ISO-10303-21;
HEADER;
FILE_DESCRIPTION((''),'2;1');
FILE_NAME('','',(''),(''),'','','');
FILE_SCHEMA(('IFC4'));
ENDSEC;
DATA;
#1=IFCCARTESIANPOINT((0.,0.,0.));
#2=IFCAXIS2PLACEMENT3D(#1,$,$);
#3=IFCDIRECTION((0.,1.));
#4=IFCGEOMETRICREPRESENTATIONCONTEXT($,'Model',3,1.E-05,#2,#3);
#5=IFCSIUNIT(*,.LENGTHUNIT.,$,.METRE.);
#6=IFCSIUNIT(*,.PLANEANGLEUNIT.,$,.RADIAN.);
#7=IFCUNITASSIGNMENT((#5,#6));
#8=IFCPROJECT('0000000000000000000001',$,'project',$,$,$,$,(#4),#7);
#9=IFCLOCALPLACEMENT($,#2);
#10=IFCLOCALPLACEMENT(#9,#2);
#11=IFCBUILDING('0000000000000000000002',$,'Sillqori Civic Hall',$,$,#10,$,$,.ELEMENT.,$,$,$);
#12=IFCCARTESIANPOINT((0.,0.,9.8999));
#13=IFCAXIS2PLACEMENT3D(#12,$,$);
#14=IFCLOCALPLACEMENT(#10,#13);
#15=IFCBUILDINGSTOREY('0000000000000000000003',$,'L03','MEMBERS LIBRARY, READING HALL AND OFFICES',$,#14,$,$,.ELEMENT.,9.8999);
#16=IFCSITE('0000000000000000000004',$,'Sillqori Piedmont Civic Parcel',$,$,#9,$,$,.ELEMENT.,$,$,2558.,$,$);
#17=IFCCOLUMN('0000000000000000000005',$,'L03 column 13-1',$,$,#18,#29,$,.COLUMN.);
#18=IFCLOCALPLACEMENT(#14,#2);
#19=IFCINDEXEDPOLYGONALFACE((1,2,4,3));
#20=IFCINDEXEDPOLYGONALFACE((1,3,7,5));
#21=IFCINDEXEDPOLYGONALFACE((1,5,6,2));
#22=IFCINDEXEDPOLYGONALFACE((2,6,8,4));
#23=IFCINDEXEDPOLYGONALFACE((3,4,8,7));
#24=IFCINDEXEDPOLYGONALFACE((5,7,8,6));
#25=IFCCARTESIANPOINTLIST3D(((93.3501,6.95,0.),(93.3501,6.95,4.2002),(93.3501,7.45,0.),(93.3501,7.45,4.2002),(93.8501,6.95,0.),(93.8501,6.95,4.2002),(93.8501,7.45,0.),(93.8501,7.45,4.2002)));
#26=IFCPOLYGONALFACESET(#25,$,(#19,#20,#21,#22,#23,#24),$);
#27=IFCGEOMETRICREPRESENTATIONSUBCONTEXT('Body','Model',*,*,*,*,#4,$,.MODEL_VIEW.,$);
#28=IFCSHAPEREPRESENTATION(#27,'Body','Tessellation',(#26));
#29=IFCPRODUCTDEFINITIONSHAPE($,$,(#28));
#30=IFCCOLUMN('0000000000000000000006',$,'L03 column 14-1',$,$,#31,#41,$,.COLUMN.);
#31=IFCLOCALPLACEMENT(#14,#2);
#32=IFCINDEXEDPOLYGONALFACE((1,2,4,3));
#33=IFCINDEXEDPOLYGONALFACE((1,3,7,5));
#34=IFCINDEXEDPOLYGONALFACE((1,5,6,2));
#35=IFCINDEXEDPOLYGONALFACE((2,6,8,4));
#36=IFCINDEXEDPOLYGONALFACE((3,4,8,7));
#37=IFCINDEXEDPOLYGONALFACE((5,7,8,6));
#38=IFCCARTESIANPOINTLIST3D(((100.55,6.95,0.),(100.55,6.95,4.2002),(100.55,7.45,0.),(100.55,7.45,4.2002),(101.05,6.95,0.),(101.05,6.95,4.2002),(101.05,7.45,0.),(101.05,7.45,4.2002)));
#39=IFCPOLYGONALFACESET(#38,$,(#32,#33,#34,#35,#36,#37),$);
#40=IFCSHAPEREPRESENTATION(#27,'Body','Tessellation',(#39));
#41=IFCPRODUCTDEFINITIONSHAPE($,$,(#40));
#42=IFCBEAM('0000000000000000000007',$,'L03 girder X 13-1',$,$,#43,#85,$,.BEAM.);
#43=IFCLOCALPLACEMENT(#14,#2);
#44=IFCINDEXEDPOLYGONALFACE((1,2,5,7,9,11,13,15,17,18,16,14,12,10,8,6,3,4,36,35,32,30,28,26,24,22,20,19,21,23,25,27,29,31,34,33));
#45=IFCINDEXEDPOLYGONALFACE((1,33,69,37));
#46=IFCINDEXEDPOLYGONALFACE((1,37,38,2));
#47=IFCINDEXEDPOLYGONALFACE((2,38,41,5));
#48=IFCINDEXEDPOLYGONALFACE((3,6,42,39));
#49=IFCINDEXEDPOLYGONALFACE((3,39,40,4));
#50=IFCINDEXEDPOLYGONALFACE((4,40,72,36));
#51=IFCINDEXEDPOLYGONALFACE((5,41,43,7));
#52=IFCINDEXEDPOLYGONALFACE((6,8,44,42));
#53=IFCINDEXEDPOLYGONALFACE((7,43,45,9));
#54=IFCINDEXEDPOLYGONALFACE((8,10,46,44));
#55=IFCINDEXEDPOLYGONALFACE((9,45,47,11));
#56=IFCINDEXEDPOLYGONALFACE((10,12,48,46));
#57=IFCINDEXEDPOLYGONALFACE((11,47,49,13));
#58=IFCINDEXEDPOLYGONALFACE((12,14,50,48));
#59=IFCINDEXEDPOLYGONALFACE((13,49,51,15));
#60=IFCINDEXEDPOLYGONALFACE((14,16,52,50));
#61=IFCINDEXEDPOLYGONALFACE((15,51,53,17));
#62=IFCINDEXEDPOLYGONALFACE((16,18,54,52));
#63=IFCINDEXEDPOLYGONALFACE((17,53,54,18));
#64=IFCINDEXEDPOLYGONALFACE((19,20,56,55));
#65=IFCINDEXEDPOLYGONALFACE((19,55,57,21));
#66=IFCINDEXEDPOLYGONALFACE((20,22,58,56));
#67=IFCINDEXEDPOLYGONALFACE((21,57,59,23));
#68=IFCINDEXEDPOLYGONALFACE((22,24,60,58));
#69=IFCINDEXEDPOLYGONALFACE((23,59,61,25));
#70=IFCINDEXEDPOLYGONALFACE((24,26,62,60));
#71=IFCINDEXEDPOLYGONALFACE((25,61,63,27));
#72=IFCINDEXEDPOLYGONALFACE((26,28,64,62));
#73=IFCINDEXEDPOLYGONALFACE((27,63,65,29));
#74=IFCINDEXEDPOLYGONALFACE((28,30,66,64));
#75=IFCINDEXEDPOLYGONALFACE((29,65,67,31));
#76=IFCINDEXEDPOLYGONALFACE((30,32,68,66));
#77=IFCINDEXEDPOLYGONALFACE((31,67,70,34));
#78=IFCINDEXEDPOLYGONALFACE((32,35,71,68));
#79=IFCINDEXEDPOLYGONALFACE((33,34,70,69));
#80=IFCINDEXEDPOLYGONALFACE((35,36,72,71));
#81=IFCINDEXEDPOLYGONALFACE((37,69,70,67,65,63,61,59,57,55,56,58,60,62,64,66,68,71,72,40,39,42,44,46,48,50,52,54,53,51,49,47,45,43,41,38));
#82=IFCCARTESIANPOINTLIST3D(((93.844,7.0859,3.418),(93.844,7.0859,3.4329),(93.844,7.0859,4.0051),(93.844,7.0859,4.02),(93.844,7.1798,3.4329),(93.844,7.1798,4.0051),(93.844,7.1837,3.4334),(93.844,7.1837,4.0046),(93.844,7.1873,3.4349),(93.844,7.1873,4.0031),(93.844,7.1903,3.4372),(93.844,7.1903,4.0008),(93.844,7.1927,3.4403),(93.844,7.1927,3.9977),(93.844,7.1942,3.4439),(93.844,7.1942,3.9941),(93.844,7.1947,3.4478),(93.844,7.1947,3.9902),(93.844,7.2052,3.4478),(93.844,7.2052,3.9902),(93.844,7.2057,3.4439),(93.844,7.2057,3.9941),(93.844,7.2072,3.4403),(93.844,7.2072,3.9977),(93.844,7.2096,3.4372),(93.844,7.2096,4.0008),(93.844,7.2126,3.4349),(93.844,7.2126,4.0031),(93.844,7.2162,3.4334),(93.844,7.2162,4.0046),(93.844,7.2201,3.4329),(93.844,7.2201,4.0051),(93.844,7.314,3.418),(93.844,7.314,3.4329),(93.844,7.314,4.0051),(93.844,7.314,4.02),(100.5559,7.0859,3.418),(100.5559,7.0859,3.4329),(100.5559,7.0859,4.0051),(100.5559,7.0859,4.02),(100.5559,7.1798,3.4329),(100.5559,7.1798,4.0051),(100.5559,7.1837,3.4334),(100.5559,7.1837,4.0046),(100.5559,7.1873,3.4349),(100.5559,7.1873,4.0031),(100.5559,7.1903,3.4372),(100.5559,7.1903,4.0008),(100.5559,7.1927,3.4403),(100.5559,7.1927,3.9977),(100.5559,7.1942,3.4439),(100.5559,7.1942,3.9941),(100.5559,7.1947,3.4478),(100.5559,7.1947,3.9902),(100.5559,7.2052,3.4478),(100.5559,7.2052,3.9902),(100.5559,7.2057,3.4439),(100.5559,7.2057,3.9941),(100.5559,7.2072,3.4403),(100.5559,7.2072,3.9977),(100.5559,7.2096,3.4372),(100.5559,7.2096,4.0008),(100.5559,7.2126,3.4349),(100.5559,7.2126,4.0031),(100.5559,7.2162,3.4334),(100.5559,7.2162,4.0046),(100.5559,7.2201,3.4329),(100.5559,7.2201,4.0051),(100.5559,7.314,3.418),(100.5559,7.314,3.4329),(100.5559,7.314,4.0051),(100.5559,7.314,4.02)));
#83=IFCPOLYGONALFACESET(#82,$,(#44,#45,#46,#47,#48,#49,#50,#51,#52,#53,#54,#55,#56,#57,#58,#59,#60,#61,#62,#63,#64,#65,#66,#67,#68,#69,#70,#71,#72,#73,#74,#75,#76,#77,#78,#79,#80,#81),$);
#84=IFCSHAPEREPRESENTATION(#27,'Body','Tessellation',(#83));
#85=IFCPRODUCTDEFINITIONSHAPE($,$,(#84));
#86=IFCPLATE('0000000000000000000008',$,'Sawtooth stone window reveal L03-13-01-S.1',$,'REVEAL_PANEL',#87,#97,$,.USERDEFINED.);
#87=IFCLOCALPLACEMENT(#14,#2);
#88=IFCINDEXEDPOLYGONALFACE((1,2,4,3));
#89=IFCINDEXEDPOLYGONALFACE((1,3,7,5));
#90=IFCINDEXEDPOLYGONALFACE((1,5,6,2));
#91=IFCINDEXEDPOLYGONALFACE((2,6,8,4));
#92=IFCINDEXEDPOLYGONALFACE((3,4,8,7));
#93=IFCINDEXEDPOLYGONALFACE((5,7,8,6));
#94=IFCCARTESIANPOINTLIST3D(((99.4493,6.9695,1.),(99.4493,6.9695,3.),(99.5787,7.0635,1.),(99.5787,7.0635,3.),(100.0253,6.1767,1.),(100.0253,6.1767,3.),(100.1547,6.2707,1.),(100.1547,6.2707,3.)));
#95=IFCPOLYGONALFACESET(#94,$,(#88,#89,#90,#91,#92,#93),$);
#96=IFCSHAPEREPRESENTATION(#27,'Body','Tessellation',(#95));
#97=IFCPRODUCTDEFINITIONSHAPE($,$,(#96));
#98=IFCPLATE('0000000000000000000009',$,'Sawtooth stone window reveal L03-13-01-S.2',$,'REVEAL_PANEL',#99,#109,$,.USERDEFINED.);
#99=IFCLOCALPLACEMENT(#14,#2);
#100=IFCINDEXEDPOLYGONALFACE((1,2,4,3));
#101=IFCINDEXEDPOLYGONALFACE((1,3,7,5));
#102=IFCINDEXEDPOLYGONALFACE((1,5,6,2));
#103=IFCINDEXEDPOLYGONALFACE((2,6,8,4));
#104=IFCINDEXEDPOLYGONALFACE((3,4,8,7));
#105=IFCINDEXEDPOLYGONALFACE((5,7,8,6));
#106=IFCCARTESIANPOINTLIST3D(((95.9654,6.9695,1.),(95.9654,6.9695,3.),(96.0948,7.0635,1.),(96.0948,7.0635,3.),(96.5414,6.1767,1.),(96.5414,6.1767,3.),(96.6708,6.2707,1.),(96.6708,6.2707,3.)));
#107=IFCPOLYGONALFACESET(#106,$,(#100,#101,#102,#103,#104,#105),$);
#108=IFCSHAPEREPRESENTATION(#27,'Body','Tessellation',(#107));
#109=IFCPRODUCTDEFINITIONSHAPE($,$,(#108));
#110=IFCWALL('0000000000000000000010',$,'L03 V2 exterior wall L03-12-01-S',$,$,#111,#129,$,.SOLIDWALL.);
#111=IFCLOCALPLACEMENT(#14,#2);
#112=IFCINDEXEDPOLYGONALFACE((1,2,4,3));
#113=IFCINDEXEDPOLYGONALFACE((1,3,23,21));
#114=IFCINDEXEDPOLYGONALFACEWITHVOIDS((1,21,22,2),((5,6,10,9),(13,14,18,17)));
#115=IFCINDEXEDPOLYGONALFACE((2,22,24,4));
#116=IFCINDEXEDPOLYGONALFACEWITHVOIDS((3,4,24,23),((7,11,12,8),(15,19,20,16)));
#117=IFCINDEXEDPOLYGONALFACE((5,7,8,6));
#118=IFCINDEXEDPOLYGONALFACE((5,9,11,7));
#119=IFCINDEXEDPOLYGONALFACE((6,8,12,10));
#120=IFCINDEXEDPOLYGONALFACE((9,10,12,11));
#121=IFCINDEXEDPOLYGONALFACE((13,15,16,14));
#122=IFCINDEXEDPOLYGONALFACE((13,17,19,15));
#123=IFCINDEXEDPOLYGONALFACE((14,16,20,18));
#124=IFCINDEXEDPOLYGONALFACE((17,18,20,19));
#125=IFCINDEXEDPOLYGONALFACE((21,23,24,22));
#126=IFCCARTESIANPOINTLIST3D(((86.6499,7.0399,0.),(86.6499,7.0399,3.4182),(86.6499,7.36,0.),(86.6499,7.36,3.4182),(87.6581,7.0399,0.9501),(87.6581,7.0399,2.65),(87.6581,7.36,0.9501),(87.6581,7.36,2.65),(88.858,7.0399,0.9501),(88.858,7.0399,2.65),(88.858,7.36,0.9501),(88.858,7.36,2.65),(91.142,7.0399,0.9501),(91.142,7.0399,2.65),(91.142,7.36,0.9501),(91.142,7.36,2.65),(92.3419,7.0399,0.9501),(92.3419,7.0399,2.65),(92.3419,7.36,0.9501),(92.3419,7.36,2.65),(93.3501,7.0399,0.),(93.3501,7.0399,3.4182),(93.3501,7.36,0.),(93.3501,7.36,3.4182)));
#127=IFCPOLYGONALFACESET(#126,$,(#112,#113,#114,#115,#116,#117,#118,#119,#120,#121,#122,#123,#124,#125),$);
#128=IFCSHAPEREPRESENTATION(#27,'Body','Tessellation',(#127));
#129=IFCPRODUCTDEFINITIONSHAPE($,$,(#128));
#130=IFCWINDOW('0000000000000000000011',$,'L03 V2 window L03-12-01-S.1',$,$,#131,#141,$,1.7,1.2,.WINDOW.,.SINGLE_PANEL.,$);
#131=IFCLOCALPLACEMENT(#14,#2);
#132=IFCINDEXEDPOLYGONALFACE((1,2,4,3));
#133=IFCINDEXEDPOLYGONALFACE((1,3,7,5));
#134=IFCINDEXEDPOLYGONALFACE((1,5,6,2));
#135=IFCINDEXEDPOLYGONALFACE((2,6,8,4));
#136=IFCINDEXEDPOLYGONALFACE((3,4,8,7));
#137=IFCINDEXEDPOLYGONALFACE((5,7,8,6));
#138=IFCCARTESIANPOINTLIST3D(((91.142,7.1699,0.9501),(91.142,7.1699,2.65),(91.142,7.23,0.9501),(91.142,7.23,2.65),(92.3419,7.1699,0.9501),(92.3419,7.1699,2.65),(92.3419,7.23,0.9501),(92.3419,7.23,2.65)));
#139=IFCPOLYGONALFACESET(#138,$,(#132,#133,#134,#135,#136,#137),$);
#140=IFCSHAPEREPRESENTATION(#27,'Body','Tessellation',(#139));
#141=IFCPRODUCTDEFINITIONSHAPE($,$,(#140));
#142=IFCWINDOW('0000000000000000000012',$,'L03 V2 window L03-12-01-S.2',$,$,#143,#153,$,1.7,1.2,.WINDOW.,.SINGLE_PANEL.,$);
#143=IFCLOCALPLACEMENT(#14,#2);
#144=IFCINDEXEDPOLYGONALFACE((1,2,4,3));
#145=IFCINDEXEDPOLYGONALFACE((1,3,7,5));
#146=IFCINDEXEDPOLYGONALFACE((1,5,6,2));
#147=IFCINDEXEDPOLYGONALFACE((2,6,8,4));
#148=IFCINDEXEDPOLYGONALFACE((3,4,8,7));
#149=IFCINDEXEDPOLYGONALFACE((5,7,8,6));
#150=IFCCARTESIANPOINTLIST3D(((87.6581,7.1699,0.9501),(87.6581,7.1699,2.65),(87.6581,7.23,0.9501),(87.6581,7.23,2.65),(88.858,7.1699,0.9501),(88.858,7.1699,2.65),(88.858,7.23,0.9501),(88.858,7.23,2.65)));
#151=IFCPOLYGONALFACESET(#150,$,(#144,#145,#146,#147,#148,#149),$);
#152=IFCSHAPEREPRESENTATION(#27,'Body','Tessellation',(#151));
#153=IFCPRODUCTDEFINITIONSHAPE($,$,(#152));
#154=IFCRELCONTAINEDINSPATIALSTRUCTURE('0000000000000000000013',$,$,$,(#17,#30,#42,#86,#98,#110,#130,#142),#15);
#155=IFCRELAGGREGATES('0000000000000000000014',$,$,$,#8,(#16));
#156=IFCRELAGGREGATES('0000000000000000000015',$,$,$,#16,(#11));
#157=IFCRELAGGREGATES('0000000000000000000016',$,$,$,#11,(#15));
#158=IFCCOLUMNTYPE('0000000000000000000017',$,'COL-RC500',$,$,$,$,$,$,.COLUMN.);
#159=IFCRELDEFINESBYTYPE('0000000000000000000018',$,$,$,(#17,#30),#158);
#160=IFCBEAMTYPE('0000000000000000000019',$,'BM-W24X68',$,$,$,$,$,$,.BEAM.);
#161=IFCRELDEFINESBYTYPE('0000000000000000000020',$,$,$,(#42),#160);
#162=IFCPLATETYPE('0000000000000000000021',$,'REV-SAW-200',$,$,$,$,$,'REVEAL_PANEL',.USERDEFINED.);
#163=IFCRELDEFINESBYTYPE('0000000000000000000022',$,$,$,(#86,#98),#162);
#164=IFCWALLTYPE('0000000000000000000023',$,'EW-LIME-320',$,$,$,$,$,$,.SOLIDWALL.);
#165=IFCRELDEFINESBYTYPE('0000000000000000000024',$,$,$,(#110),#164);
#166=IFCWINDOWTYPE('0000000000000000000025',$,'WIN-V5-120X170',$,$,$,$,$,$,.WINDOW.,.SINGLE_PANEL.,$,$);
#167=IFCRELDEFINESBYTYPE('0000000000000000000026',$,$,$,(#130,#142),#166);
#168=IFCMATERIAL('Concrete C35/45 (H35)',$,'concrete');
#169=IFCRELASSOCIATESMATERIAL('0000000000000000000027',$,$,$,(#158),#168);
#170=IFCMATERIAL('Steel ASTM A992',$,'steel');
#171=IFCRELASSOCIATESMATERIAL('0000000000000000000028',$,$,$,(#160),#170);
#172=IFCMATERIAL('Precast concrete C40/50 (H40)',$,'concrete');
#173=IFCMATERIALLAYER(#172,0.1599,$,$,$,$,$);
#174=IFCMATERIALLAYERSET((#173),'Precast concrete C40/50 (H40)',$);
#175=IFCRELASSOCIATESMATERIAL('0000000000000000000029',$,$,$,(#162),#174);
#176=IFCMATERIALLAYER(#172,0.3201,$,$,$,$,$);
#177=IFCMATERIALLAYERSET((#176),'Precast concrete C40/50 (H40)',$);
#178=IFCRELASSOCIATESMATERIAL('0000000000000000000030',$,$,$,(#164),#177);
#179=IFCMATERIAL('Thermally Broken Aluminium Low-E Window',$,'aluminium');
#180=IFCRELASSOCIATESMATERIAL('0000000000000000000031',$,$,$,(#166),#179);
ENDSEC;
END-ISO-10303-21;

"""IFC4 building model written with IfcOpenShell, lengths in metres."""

from ifc_helpers import new_model, si_unit, direction, frame, frame_2d, origin, origin_2d, place, context, subcontext, project, spatial, rectangle, i_section, extrude, material, layer, layer_set, material_profile, profile_set, type_object, element, fill, save


model = new_model("IFC4")

# Units and contexts
model_context = context("Model", 3, precision=1e-05, world=origin(), true_north=direction((0.0, 1.0)))
body_context = subcontext(model_context, "Body", "Model", "MODEL_VIEW")
ifc_project = project(units=[si_unit("LENGTHUNIT", "METRE"), si_unit("PLANEANGLEUNIT", "RADIAN")], contexts=[model_context])

# Site, building, storey
site_placement = place(None, origin())
site = spatial("IfcSite", under=ifc_project, at=site_placement, Name="Sillqori Piedmont Civic Parcel", CompositionType="ELEMENT", RefElevation=2558.0)
building_placement = place(site_placement, origin())
building = spatial("IfcBuilding", under=site, at=building_placement, Name="Sillqori Civic Hall", CompositionType="ELEMENT")
storey_placement = place(building_placement, frame((0.0, 0.0, 9.8999)))
storey = spatial("IfcBuildingStorey", under=building, at=storey_placement, Name="L03", Description="MEMBERS LIBRARY, READING HALL AND OFFICES", CompositionType="ELEMENT", Elevation=9.8999)

# Columns
ifc_material_1 = material(Name="Concrete C35/45 (H35)", Category="concrete")
ifc_material_profile_1 = material_profile(ifc_material_1, rectangle(XDim=0.5, YDim=0.5, at=origin_2d()), Name="RC 500x500")
ifc_profile_set_1 = profile_set([ifc_material_profile_1], Name="Concrete C35/45 (H35)")
column_type = type_object("IfcColumnType", Name="COL-RC500", PredefinedType="COLUMN", material=ifc_profile_set_1)
for number, where, z_axis, x_axis, name in (
    (1, (93.6001, 7.2, 0.0), (0.0, 0.0, 1.0), (1.0, 0.0, 0.0), "L03 column 13-1"),
    (2, (100.8, 7.2, 0.0), (0.0, 0.0, 1.0), (1.0, 0.0, 0.0), "L03 column 14-1"),
):
    element("IfcColumn", number, at=place(storey_placement, frame(where, z_axis=z_axis, x_axis=x_axis)), inside=storey, type_object=column_type, Name=name, PredefinedType="COLUMN", context=body_context, shape_type="SweptSolid", body=[
        extrude(rectangle(XDim=0.5, YDim=0.5, at=origin_2d()), origin(), (0.0, 0.0, 1.0), 4.2002),
    ])

# Beam
ifc_material_2 = material(Name="Steel ASTM A992", Category="steel")
ifc_material_profile_2 = material_profile(ifc_material_2, i_section(OverallWidth=0.228, OverallDepth=0.6021, WebThickness=0.0105, FlangeThickness=0.0149, FilletRadius=0.0149, at=origin_2d()), Name="W24X68")
ifc_profile_set_2 = profile_set([ifc_material_profile_2], Name="Steel ASTM A992")
beam_type = type_object("IfcBeamType", Name="BM-W24X68", PredefinedType="BEAM", material=ifc_profile_set_2)
beam_placement = place(storey_placement, frame((93.844, 7.2, 3.719), z_axis=(1.0, 0.0, 0.0), x_axis=(0.0, 1.0, 0.0)))
element("IfcBeam", 3, at=beam_placement, inside=storey, type_object=beam_type, Name="L03 girder X 13-1", PredefinedType="BEAM", context=body_context, shape_type="SweptSolid", body=[
    extrude(i_section(OverallWidth=0.228, OverallDepth=0.6021, WebThickness=0.0105, FlangeThickness=0.0149, FilletRadius=0.0149, at=origin_2d()), origin(), (0.0, 0.0, 1.0), 6.7119),
])

# Plates
ifc_material_3 = material(Name="Precast concrete C40/50 (H40)", Category="concrete")
ifc_layer_1 = layer(ifc_material_3, 0.1599)
ifc_layer_set_1 = layer_set([ifc_layer_1], Name="Precast concrete C40/50 (H40)")
plate_type = type_object("IfcPlateType", Name="REV-SAW-200", ElementType="REVEAL_PANEL", PredefinedType="USERDEFINED", material=ifc_layer_set_1)
for number, where, z_axis, x_axis, name in (
    (4, (99.802, 6.6201, 1.0), (0.0, 0.0, 1.0), (-0.809017, -0.587785, 0.0), "Sawtooth stone window reveal L03-13-01-S.1"),
    (5, (96.3181, 6.6201, 1.0), (0.0, 0.0, 1.0), (-0.809017, -0.587785, 0.0), "Sawtooth stone window reveal L03-13-01-S.2"),
):
    element("IfcPlate", number, at=place(storey_placement, frame(where, z_axis=z_axis, x_axis=x_axis)), inside=storey, type_object=plate_type, Name=name, ObjectType="REVEAL_PANEL", PredefinedType="USERDEFINED", context=body_context, shape_type="SweptSolid", body=[
        extrude(rectangle(XDim=0.1599, YDim=0.98, at=origin_2d()), origin(), (0.0, 0.0, 1.0), 2.0),
    ])

# Wall, openings, windows
ifc_layer_2 = layer(ifc_material_3, 0.3201)
ifc_layer_set_2 = layer_set([ifc_layer_2], Name="Precast concrete C40/50 (H40)")
wall_type = type_object("IfcWallType", Name="EW-LIME-320", PredefinedType="SOLIDWALL", material=ifc_layer_set_2)
wall_1_placement = place(storey_placement, frame((93.3501, 7.2, 0.0), z_axis=(0.0, 0.0, 1.0), x_axis=(-1.0, 0.0, 0.0)))
wall_1 = element("IfcWall", 6, at=wall_1_placement, inside=storey, type_object=wall_type, Name="L03 V2 exterior wall L03-12-01-S", PredefinedType="SOLIDWALL", context=body_context, shape_type="SweptSolid", body=[
    extrude(rectangle(XDim=6.7002, YDim=0.3201, at=frame_2d((3.3501, 0.0))), origin(), (0.0, 0.0, 1.0), 3.4182),
])
opening_1_placement = place(wall_1_placement, frame((1.0081, 0.0, 0.95)))
opening_1 = element("IfcOpeningElement", 7, at=opening_1_placement, cuts=wall_1, PredefinedType="OPENING", context=body_context, shape_type="SweptSolid", body=[
    extrude(rectangle(XDim=1.2, YDim=1.7, at=frame_2d((0.6001, 0.8501))), frame((0.0, 0.1699, 0.0), z_axis=(0.0, -1.0, 0.0), x_axis=(1.0, 0.0, 0.0)), (0.0, 0.0, 1.0), 0.3401),
])
opening_2_placement = place(wall_1_placement, frame((4.4919, 0.0, 0.95)))
opening_2 = element("IfcOpeningElement", 8, at=opening_2_placement, cuts=wall_1, PredefinedType="OPENING", context=body_context, shape_type="SweptSolid", body=[
    extrude(rectangle(XDim=1.2, YDim=1.7, at=frame_2d((0.6001, 0.8501))), frame((0.0, 0.1699, 0.0), z_axis=(0.0, -1.0, 0.0), x_axis=(1.0, 0.0, 0.0)), (0.0, 0.0, 1.0), 0.3401),
])
ifc_material_4 = material(Name="Thermally Broken Aluminium Low-E Window", Category="aluminium")
window_type_1 = type_object("IfcWindowType", Name="WIN-V5-120X170", PartitioningType="SINGLE_PANEL", PredefinedType="WINDOW", material=ifc_material_4)
window_1_placement = place(opening_1_placement, origin())
window_1 = element("IfcWindow", 9, at=window_1_placement, inside=storey, type_object=window_type_1, Name="L03 V2 window L03-12-01-S.1", OverallHeight=1.7, OverallWidth=1.2, PartitioningType="SINGLE_PANEL", PredefinedType="WINDOW", context=body_context, shape_type="SweptSolid", body=[
    extrude(rectangle(XDim=1.2, YDim=1.7, at=frame_2d((0.6001, 0.8501))), frame((0.0, 0.03, 0.0), z_axis=(0.0, -1.0, 0.0), x_axis=(1.0, 0.0, 0.0)), (0.0, 0.0, 1.0), 0.0601),
])
fill(opening_1, window_1)
window_2_placement = place(opening_2_placement, origin())
window_2 = element("IfcWindow", 10, at=window_2_placement, inside=storey, type_object=window_type_1, Name="L03 V2 window L03-12-01-S.2", OverallHeight=1.7, OverallWidth=1.2, PartitioningType="SINGLE_PANEL", PredefinedType="WINDOW", context=body_context, shape_type="SweptSolid", body=[
    extrude(rectangle(XDim=1.2, YDim=1.7, at=frame_2d((0.6001, 0.8501))), frame((0.0, 0.03, 0.0), z_axis=(0.0, -1.0, 0.0), x_axis=(1.0, 0.0, 0.0)), (0.0, 0.0, 1.0), 0.0601),
])
fill(opening_2, window_2)

save(model, "model.ifc")
